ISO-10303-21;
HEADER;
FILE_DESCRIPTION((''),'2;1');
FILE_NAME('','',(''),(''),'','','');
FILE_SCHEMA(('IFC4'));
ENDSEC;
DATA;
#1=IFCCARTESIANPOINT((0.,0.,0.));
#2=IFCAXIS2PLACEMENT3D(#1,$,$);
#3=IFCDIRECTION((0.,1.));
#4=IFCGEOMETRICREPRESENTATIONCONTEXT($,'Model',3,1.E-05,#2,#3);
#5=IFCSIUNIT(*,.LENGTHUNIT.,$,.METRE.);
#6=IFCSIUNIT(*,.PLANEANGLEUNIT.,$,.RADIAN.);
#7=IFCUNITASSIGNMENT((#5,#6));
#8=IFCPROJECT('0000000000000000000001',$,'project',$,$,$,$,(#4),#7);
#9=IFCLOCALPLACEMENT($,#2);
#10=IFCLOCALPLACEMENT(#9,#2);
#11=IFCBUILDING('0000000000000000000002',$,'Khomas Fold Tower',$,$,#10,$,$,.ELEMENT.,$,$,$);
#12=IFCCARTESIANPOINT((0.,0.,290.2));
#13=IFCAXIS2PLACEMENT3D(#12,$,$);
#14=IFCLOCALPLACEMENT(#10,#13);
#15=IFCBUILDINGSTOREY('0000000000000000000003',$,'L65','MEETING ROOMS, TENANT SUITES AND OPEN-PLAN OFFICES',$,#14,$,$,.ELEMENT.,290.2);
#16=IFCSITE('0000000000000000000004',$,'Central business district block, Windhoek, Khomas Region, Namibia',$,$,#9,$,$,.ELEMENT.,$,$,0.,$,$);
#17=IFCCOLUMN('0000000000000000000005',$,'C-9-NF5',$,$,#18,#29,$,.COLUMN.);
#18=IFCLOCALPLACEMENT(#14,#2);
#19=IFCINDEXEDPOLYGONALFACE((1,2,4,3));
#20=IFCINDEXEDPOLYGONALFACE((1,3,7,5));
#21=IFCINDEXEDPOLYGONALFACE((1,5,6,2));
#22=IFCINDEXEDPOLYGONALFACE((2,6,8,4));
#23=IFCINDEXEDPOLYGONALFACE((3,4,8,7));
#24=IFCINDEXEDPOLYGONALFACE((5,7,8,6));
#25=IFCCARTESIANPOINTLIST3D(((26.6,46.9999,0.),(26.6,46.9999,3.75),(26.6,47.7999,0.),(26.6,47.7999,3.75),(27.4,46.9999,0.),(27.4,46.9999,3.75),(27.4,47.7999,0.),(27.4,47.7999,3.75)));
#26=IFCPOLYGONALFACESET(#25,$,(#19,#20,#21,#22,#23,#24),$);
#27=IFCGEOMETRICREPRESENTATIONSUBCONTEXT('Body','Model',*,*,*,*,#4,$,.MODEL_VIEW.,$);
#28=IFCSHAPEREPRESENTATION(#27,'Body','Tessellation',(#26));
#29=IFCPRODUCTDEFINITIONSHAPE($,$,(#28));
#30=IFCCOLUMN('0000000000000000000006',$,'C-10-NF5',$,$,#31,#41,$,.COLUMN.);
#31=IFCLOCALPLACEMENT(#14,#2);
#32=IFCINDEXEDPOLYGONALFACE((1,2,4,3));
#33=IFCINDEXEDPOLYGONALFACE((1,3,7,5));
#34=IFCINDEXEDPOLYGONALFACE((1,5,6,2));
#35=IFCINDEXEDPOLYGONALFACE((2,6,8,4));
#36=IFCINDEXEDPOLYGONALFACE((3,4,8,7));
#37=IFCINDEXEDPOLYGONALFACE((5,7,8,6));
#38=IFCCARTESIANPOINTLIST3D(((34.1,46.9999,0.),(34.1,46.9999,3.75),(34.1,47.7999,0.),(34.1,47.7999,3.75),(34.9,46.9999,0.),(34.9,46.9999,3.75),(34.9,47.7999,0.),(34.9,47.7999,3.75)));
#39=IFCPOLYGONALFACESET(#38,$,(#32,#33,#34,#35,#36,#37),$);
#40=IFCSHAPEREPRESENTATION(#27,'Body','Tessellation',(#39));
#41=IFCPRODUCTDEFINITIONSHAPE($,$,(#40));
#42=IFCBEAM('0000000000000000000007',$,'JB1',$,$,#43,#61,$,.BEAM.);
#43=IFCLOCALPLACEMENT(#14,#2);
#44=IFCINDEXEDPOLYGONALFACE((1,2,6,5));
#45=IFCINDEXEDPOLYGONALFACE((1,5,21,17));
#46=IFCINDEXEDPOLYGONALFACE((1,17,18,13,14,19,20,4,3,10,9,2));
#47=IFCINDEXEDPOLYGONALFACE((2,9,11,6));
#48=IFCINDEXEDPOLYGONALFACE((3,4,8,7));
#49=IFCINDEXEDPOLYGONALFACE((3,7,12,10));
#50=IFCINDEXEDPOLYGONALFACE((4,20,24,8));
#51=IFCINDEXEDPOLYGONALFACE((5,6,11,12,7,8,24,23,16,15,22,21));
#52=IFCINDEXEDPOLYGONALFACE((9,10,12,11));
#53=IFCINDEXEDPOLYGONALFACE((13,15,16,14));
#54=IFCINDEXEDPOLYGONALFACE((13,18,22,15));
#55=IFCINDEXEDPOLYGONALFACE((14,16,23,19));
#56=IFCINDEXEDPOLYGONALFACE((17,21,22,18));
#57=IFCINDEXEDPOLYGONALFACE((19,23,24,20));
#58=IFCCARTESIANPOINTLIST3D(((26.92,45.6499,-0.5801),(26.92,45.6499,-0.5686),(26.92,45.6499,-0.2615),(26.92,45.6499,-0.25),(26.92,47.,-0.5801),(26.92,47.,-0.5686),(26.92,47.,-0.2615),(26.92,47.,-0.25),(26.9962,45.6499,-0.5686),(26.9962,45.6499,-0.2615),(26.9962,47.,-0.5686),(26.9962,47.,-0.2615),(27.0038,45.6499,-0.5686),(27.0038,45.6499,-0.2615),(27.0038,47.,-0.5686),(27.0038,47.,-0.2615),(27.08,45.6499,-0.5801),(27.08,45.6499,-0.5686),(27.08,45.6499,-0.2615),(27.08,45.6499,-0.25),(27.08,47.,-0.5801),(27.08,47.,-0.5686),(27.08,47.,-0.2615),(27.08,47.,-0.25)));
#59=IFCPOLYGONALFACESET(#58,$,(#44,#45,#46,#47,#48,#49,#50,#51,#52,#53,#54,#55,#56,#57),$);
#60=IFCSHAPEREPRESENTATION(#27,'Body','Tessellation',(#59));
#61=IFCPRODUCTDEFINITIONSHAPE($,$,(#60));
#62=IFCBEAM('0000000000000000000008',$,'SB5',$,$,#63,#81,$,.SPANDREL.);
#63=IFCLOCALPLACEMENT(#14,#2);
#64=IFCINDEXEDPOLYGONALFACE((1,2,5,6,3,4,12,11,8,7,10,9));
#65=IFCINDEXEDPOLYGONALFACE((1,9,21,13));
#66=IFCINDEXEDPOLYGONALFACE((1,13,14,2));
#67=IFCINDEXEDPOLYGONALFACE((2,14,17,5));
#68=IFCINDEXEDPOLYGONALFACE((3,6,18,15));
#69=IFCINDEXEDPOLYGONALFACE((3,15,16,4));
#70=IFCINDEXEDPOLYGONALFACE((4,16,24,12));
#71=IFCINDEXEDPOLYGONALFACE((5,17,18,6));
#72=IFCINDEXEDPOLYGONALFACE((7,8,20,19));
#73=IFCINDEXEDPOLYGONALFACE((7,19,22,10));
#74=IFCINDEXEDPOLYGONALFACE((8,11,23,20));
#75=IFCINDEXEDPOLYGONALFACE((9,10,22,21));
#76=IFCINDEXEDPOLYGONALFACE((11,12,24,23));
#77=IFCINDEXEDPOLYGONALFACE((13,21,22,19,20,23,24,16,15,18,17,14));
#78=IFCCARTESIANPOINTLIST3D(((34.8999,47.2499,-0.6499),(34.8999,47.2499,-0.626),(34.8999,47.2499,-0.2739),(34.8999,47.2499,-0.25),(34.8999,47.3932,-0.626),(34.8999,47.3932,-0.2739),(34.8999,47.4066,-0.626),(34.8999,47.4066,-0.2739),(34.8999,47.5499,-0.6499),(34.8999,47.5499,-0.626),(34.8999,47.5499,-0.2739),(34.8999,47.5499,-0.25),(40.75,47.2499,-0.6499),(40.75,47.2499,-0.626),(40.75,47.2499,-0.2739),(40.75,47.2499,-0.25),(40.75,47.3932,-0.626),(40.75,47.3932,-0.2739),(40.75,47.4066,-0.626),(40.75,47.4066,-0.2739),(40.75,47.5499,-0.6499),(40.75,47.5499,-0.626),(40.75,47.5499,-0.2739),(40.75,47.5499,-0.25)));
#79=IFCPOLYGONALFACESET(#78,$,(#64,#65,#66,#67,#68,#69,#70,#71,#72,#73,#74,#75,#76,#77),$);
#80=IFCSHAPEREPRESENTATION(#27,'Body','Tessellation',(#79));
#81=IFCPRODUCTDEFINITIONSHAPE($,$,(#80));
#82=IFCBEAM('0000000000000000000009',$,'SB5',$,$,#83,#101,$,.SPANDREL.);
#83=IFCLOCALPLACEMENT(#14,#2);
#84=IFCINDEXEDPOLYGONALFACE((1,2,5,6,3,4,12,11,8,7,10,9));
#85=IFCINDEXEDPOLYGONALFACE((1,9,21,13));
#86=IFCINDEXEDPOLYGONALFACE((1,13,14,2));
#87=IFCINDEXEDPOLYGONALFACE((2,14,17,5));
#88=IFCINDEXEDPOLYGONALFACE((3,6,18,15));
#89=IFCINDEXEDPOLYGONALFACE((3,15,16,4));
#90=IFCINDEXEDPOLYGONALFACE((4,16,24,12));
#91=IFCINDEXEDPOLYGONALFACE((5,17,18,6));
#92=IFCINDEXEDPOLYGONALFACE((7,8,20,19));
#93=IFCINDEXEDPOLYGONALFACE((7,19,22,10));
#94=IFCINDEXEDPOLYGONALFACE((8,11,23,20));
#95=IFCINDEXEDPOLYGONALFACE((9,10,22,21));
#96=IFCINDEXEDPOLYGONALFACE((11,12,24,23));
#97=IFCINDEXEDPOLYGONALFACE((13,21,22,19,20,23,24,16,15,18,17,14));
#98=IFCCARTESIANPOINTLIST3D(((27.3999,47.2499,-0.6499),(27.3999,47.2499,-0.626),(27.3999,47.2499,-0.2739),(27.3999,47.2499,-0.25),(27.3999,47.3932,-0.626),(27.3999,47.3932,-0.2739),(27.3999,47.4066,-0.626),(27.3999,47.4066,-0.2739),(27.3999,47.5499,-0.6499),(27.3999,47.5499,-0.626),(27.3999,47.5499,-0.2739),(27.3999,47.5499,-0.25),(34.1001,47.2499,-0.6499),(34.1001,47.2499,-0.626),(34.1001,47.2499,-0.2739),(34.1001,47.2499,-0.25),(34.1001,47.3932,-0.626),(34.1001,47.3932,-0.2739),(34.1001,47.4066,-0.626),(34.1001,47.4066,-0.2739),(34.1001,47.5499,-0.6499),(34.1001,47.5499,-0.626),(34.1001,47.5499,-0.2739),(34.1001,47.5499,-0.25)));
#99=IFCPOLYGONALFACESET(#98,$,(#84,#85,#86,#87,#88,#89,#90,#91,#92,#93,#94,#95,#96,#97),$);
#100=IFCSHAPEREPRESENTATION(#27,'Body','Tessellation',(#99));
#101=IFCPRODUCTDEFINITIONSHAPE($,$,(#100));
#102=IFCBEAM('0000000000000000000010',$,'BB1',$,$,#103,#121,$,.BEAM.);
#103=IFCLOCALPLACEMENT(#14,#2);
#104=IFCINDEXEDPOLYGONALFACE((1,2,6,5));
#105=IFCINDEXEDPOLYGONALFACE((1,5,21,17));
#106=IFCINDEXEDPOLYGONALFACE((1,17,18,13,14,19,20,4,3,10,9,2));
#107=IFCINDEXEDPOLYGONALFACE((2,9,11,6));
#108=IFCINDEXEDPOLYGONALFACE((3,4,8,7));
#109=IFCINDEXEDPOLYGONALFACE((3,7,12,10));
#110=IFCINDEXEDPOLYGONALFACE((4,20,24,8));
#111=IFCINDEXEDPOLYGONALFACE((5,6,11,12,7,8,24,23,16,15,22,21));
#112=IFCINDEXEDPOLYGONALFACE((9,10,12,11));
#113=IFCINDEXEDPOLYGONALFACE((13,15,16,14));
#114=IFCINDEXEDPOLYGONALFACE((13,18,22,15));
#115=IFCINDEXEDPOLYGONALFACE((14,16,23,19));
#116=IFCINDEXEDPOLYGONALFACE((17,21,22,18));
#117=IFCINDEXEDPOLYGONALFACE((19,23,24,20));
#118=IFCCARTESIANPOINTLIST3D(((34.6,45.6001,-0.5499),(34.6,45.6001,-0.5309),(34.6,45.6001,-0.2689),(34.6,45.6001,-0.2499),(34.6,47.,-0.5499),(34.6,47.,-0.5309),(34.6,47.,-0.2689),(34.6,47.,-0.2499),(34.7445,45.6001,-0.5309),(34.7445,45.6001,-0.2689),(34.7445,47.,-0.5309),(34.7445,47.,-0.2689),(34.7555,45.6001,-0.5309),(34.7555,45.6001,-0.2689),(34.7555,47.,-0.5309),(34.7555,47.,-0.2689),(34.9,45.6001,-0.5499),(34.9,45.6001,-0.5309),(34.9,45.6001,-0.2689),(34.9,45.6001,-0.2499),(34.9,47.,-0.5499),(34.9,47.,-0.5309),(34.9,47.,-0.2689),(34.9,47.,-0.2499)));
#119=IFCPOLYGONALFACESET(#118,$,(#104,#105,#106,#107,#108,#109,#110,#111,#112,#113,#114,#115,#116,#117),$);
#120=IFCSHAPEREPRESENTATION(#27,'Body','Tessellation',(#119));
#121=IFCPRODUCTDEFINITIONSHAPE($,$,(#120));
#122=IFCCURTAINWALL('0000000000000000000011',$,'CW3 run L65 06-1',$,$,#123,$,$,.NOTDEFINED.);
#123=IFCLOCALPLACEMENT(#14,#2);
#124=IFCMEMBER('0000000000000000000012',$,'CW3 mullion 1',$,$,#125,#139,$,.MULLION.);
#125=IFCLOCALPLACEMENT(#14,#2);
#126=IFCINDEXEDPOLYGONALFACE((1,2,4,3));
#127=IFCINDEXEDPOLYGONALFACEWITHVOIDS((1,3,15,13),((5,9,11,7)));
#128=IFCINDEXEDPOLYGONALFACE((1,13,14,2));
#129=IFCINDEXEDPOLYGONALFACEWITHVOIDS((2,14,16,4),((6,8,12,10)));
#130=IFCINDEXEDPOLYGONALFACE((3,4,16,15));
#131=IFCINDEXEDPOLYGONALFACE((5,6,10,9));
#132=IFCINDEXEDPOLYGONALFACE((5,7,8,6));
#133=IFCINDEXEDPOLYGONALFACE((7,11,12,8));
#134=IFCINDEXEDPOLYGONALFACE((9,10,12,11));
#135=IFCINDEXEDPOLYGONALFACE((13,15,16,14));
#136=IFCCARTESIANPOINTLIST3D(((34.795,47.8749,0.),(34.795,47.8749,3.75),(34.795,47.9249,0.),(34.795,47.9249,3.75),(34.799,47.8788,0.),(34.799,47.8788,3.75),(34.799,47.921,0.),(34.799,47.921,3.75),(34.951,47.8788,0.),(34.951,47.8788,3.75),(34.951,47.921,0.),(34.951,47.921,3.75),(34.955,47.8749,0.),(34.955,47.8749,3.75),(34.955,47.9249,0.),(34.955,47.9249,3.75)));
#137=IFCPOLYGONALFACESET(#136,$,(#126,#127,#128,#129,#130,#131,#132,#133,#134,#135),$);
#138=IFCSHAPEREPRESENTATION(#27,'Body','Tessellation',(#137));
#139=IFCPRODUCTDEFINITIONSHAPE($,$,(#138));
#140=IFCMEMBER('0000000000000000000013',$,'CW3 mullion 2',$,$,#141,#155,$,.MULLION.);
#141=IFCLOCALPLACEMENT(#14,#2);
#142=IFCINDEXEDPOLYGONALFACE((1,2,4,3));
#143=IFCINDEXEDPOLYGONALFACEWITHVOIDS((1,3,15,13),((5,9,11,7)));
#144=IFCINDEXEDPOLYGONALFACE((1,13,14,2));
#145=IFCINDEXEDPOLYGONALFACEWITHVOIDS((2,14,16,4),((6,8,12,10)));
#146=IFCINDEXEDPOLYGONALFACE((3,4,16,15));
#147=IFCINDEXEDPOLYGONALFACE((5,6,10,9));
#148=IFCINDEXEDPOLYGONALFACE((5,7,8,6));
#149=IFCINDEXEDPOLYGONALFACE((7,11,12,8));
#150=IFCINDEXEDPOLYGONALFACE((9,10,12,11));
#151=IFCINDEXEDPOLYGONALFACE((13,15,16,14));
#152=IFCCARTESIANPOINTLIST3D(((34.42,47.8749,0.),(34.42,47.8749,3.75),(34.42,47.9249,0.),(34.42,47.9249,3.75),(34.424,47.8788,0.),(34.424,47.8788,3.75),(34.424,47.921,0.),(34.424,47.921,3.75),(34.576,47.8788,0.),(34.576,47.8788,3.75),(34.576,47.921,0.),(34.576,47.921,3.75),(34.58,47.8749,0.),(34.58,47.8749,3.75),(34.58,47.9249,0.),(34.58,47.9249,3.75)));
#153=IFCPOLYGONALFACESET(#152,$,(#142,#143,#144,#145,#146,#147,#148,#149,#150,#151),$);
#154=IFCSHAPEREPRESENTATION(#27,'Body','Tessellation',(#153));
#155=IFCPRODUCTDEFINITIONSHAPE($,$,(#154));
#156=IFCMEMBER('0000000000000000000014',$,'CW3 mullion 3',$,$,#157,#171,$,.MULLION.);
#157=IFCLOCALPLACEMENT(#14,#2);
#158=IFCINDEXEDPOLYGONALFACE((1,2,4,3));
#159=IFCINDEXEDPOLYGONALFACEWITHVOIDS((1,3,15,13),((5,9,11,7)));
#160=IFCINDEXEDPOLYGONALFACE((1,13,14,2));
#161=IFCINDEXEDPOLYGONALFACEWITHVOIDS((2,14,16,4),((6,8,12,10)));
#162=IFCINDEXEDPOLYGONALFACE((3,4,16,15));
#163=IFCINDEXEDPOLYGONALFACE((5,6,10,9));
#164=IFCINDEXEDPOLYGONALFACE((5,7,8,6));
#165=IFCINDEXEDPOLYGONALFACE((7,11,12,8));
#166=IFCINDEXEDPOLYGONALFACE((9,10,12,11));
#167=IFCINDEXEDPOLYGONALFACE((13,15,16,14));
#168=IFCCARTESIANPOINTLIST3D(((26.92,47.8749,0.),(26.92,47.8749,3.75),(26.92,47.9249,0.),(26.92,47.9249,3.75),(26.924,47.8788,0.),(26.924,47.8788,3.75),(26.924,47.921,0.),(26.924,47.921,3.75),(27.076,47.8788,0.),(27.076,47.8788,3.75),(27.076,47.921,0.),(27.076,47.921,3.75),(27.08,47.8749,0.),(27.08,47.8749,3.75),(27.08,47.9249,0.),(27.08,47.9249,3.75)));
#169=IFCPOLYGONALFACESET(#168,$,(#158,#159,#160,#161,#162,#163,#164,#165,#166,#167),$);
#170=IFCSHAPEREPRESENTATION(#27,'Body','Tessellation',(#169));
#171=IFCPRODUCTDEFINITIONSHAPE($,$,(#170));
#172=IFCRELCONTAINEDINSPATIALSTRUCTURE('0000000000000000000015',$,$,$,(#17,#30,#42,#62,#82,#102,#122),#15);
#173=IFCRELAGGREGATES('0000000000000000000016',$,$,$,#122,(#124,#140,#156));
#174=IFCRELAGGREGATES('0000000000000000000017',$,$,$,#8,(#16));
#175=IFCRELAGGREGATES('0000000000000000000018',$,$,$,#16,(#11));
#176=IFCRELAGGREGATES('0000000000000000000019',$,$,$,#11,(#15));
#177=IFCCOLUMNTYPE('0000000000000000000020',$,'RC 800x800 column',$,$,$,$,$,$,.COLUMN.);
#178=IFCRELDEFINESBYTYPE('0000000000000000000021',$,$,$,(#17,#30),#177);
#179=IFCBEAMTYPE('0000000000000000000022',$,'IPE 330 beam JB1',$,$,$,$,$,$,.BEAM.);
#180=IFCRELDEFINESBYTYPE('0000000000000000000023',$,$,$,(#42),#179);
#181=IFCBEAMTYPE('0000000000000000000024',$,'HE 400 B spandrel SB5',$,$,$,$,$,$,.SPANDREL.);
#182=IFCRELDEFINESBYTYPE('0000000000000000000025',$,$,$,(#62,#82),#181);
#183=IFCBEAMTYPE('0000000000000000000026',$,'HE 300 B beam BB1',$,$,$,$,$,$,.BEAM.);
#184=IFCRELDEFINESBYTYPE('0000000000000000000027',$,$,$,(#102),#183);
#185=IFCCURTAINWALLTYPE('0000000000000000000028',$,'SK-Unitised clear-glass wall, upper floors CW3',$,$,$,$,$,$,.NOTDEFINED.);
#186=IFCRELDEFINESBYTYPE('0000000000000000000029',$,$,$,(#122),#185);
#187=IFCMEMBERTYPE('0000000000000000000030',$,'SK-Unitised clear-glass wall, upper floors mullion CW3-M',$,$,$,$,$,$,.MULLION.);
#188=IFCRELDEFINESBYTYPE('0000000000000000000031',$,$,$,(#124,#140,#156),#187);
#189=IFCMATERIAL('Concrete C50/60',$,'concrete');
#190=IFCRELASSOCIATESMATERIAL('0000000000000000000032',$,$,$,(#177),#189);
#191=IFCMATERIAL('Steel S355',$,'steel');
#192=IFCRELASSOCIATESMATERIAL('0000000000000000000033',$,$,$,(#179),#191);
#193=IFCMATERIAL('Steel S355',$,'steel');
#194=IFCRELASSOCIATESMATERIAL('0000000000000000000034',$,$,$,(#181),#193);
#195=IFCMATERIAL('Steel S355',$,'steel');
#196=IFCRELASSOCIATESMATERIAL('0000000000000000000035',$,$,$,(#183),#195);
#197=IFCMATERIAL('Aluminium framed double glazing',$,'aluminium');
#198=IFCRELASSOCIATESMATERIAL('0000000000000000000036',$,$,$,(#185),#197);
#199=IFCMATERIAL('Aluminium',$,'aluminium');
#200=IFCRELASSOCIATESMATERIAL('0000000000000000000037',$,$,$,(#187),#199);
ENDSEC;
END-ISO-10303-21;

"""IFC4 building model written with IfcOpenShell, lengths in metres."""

from ifc_helpers import new_model, si_unit, direction, frame, origin, origin_2d, place, context, subcontext, project, spatial, rectangle, hollow_rectangle, i_section, extrude, source, transform, mapped, material, material_profile, profile_set, type_object, element, aggregate, save


model = new_model("IFC4")

# Units and contexts
model_context = context("Model", 3, precision=1e-05, world=origin(), true_north=direction((0.0, 1.0)))
body_context = subcontext(model_context, "Body", "Model", "MODEL_VIEW")
ifc_project = project(units=[si_unit("LENGTHUNIT", "METRE"), si_unit("PLANEANGLEUNIT", "RADIAN")], contexts=[model_context])

# Site, building, storey
site_placement = place(None, origin())
site = spatial("IfcSite", under=ifc_project, at=site_placement, Name="Central business district block, Windhoek, Khomas Region, Namibia", CompositionType="ELEMENT", RefElevation=0.0)
building_placement = place(site_placement, origin())
building = spatial("IfcBuilding", under=site, at=building_placement, Name="Khomas Fold Tower", CompositionType="ELEMENT")
storey_placement = place(building_placement, frame((0.0, 0.0, 290.2)))
storey = spatial("IfcBuildingStorey", under=building, at=storey_placement, Name="L65", Description="MEETING ROOMS, TENANT SUITES AND OPEN-PLAN OFFICES", CompositionType="ELEMENT", Elevation=290.2)

# Columns
ifc_material_1 = material(Name="Concrete C50/60", Category="concrete")
ifc_material_profile_1 = material_profile(ifc_material_1, rectangle(XDim=0.8, YDim=0.8, at=origin_2d()), Name="RC 800x800")
ifc_profile_set_1 = profile_set([ifc_material_profile_1], Name="Concrete C50/60")
column_type = type_object("IfcColumnType", Name="RC 800x800 column", PredefinedType="COLUMN", material=ifc_profile_set_1)
shared_shape_1 = source(origin(), body_context, "Body", "SweptSolid", [
    extrude(rectangle(XDim=0.8, YDim=0.8, at=origin_2d()), origin(), (0.0, 0.0, 1.0), 3.75),
])
for number, where, z_axis, x_axis, name in (
    (1, (27.0, 47.3999, 0.0), (0.0, 0.0, 1.0), (1.0, 0.0, 0.0), "C-9-NF5"),
    (2, (34.5, 47.3999, 0.0), (0.0, 0.0, 1.0), (1.0, 0.0, 0.0), "C-10-NF5"),
):
    element("IfcColumn", number, at=place(storey_placement, frame(where, z_axis=z_axis, x_axis=x_axis)), inside=storey, type_object=column_type, Name=name, PredefinedType="COLUMN", context=body_context, shape_type="MappedRepresentation", body=[
        mapped(shared_shape_1, transform((0.0, 0.0, 0.0))),
    ])

# Beams
ifc_material_2 = material(Name="Steel S355", Category="steel")
ifc_material_profile_2 = material_profile(ifc_material_2, i_section(OverallWidth=0.1599, OverallDepth=0.3301, WebThickness=0.0076, FlangeThickness=0.0115, at=origin_2d()), Name="IPE 330")
ifc_profile_set_2 = profile_set([ifc_material_profile_2], Name="Steel S355")
beam_type_1 = type_object("IfcBeamType", Name="IPE 330 beam JB1", PredefinedType="BEAM", material=ifc_profile_set_2)
shared_shape_2 = source(origin(), body_context, "Body", "SweptSolid", [
    extrude(i_section(OverallWidth=0.1599, OverallDepth=0.3301, WebThickness=0.0076, FlangeThickness=0.0115, at=origin_2d()), origin(), (0.0, 0.0, 1.0), 1.3501),
])
beam_1_placement = place(storey_placement, frame((27.0, 45.6499, -0.415), z_axis=(0.0, 1.0, 0.0), x_axis=(-1.0, 0.0, 0.0)))
element("IfcBeam", 3, at=beam_1_placement, inside=storey, type_object=beam_type_1, Name="JB1", PredefinedType="BEAM", context=body_context, shape_type="MappedRepresentation", body=[
    mapped(shared_shape_2, transform((0.0, 0.0, 0.0))),
])
ifc_material_3 = material(Name="Steel S355", Category="steel")
ifc_material_profile_3 = material_profile(ifc_material_3, i_section(OverallWidth=0.3, OverallDepth=0.3999, WebThickness=0.0134, FlangeThickness=0.0239, at=origin_2d()), Name="HE 400 B")
ifc_profile_set_3 = profile_set([ifc_material_profile_3], Name="Steel S355")
beam_type_2 = type_object("IfcBeamType", Name="HE 400 B spandrel SB5", PredefinedType="SPANDREL", material=ifc_profile_set_3)
shared_shape_3 = source(origin(), body_context, "Body", "SweptSolid", [
    extrude(i_section(OverallWidth=0.3, OverallDepth=0.3999, WebThickness=0.0134, FlangeThickness=0.0239, at=origin_2d()), origin(), (0.0, 0.0, 1.0), 5.8501),
])
beam_2_placement = place(storey_placement, frame((34.8999, 47.3999, -0.45), z_axis=(1.0, 0.0, 0.0), x_axis=(0.0, 1.0, 0.0)))
element("IfcBeam", 4, at=beam_2_placement, inside=storey, type_object=beam_type_2, Name="SB5", PredefinedType="SPANDREL", context=body_context, shape_type="MappedRepresentation", body=[
    mapped(shared_shape_3, transform((0.0, 0.0, 0.0))),
])
shared_shape_4 = source(origin(), body_context, "Body", "SweptSolid", [
    extrude(i_section(OverallWidth=0.3, OverallDepth=0.3999, WebThickness=0.0134, FlangeThickness=0.0239, at=origin_2d()), origin(), (0.0, 0.0, 1.0), 6.7002),
])
beam_3_placement = place(storey_placement, frame((27.3999, 47.3999, -0.45), z_axis=(1.0, 0.0, 0.0), x_axis=(0.0, 1.0, 0.0)))
element("IfcBeam", 5, at=beam_3_placement, inside=storey, type_object=beam_type_2, Name="SB5", PredefinedType="SPANDREL", context=body_context, shape_type="MappedRepresentation", body=[
    mapped(shared_shape_4, transform((0.0, 0.0, 0.0))),
])
ifc_material_4 = material(Name="Steel S355", Category="steel")
ifc_material_profile_4 = material_profile(ifc_material_4, i_section(OverallWidth=0.3, OverallDepth=0.3, WebThickness=0.011, FlangeThickness=0.019, at=origin_2d()), Name="HE 300 B")
ifc_profile_set_4 = profile_set([ifc_material_profile_4], Name="Steel S355")
beam_type_3 = type_object("IfcBeamType", Name="HE 300 B beam BB1", PredefinedType="BEAM", material=ifc_profile_set_4)
shared_shape_5 = source(origin(), body_context, "Body", "SweptSolid", [
    extrude(i_section(OverallWidth=0.3, OverallDepth=0.3, WebThickness=0.011, FlangeThickness=0.019, at=origin_2d()), origin(), (0.0, 0.0, 1.0), 1.3999),
])
beam_4_placement = place(storey_placement, frame((34.75, 45.6001, -0.3999), z_axis=(0.0, 1.0, 0.0), x_axis=(-1.0, 0.0, 0.0)))
element("IfcBeam", 6, at=beam_4_placement, inside=storey, type_object=beam_type_3, Name="BB1", PredefinedType="BEAM", context=body_context, shape_type="MappedRepresentation", body=[
    mapped(shared_shape_5, transform((0.0, 0.0, 0.0))),
])

# Curtain wall, members
ifc_material_5 = material(Name="Aluminium framed double glazing", Category="aluminium")
curtain_wall_type = type_object("IfcCurtainWallType", Name="SK-Unitised clear-glass wall, upper floors CW3", PredefinedType="NOTDEFINED", material=ifc_material_5)
curtain_wall_placement = place(storey_placement, origin())
curtain_wall = element("IfcCurtainWall", 7, at=curtain_wall_placement, inside=storey, type_object=curtain_wall_type, Name="CW3 run L65 06-1", PredefinedType="NOTDEFINED")
ifc_material_6 = material(Name="Aluminium", Category="aluminium")
ifc_material_profile_5 = material_profile(ifc_material_6, hollow_rectangle(XDim=0.05, YDim=0.1599, WallThickness=0.0039, at=origin_2d()), Name="SK-Unitised clear-glass wall, upper floors mullion CW3-M")
ifc_profile_set_5 = profile_set([ifc_material_profile_5], Name="Aluminium")
member_type_1 = type_object("IfcMemberType", Name="SK-Unitised clear-glass wall, upper floors mullion CW3-M", PredefinedType="MULLION", material=ifc_profile_set_5)
shared_shape_6 = source(origin(), body_context, "Body", "SweptSolid", [
    extrude(hollow_rectangle(XDim=0.05, YDim=0.1599, WallThickness=0.0039, at=origin_2d()), origin(), (0.0, 0.0, 1.0), 3.75),
])
member_1_placement = place(storey_placement, frame((34.875, 47.8999, 0.0), z_axis=(0.0, 0.0, 1.0), x_axis=(0.0, -1.0, 0.0)))
member_1 = element("IfcMember", 8, at=member_1_placement, type_object=member_type_1, Name="CW3 mullion 1", PredefinedType="MULLION", context=body_context, shape_type="MappedRepresentation", body=[
    mapped(shared_shape_6, transform((0.0, 0.0, 0.0))),
])
member_2_placement = place(storey_placement, frame((34.5, 47.8999, 0.0), z_axis=(0.0, 0.0, 1.0), x_axis=(0.0, -1.0, 0.0)))
member_2 = element("IfcMember", 9, at=member_2_placement, type_object=member_type_1, Name="CW3 mullion 2", PredefinedType="MULLION", context=body_context, shape_type="MappedRepresentation", body=[
    mapped(shared_shape_6, transform((0.0, 0.0, 0.0))),
])
member_3_placement = place(storey_placement, frame((27.0, 47.8999, 0.0), z_axis=(0.0, 0.0, 1.0), x_axis=(0.0, -1.0, 0.0)))
member_3 = element("IfcMember", 10, at=member_3_placement, type_object=member_type_1, Name="CW3 mullion 3", PredefinedType="MULLION", context=body_context, shape_type="MappedRepresentation", body=[
    mapped(shared_shape_6, transform((0.0, 0.0, 0.0))),
])
aggregate(curtain_wall, [member_1, member_2, member_3])

save(model, "model.ifc")
